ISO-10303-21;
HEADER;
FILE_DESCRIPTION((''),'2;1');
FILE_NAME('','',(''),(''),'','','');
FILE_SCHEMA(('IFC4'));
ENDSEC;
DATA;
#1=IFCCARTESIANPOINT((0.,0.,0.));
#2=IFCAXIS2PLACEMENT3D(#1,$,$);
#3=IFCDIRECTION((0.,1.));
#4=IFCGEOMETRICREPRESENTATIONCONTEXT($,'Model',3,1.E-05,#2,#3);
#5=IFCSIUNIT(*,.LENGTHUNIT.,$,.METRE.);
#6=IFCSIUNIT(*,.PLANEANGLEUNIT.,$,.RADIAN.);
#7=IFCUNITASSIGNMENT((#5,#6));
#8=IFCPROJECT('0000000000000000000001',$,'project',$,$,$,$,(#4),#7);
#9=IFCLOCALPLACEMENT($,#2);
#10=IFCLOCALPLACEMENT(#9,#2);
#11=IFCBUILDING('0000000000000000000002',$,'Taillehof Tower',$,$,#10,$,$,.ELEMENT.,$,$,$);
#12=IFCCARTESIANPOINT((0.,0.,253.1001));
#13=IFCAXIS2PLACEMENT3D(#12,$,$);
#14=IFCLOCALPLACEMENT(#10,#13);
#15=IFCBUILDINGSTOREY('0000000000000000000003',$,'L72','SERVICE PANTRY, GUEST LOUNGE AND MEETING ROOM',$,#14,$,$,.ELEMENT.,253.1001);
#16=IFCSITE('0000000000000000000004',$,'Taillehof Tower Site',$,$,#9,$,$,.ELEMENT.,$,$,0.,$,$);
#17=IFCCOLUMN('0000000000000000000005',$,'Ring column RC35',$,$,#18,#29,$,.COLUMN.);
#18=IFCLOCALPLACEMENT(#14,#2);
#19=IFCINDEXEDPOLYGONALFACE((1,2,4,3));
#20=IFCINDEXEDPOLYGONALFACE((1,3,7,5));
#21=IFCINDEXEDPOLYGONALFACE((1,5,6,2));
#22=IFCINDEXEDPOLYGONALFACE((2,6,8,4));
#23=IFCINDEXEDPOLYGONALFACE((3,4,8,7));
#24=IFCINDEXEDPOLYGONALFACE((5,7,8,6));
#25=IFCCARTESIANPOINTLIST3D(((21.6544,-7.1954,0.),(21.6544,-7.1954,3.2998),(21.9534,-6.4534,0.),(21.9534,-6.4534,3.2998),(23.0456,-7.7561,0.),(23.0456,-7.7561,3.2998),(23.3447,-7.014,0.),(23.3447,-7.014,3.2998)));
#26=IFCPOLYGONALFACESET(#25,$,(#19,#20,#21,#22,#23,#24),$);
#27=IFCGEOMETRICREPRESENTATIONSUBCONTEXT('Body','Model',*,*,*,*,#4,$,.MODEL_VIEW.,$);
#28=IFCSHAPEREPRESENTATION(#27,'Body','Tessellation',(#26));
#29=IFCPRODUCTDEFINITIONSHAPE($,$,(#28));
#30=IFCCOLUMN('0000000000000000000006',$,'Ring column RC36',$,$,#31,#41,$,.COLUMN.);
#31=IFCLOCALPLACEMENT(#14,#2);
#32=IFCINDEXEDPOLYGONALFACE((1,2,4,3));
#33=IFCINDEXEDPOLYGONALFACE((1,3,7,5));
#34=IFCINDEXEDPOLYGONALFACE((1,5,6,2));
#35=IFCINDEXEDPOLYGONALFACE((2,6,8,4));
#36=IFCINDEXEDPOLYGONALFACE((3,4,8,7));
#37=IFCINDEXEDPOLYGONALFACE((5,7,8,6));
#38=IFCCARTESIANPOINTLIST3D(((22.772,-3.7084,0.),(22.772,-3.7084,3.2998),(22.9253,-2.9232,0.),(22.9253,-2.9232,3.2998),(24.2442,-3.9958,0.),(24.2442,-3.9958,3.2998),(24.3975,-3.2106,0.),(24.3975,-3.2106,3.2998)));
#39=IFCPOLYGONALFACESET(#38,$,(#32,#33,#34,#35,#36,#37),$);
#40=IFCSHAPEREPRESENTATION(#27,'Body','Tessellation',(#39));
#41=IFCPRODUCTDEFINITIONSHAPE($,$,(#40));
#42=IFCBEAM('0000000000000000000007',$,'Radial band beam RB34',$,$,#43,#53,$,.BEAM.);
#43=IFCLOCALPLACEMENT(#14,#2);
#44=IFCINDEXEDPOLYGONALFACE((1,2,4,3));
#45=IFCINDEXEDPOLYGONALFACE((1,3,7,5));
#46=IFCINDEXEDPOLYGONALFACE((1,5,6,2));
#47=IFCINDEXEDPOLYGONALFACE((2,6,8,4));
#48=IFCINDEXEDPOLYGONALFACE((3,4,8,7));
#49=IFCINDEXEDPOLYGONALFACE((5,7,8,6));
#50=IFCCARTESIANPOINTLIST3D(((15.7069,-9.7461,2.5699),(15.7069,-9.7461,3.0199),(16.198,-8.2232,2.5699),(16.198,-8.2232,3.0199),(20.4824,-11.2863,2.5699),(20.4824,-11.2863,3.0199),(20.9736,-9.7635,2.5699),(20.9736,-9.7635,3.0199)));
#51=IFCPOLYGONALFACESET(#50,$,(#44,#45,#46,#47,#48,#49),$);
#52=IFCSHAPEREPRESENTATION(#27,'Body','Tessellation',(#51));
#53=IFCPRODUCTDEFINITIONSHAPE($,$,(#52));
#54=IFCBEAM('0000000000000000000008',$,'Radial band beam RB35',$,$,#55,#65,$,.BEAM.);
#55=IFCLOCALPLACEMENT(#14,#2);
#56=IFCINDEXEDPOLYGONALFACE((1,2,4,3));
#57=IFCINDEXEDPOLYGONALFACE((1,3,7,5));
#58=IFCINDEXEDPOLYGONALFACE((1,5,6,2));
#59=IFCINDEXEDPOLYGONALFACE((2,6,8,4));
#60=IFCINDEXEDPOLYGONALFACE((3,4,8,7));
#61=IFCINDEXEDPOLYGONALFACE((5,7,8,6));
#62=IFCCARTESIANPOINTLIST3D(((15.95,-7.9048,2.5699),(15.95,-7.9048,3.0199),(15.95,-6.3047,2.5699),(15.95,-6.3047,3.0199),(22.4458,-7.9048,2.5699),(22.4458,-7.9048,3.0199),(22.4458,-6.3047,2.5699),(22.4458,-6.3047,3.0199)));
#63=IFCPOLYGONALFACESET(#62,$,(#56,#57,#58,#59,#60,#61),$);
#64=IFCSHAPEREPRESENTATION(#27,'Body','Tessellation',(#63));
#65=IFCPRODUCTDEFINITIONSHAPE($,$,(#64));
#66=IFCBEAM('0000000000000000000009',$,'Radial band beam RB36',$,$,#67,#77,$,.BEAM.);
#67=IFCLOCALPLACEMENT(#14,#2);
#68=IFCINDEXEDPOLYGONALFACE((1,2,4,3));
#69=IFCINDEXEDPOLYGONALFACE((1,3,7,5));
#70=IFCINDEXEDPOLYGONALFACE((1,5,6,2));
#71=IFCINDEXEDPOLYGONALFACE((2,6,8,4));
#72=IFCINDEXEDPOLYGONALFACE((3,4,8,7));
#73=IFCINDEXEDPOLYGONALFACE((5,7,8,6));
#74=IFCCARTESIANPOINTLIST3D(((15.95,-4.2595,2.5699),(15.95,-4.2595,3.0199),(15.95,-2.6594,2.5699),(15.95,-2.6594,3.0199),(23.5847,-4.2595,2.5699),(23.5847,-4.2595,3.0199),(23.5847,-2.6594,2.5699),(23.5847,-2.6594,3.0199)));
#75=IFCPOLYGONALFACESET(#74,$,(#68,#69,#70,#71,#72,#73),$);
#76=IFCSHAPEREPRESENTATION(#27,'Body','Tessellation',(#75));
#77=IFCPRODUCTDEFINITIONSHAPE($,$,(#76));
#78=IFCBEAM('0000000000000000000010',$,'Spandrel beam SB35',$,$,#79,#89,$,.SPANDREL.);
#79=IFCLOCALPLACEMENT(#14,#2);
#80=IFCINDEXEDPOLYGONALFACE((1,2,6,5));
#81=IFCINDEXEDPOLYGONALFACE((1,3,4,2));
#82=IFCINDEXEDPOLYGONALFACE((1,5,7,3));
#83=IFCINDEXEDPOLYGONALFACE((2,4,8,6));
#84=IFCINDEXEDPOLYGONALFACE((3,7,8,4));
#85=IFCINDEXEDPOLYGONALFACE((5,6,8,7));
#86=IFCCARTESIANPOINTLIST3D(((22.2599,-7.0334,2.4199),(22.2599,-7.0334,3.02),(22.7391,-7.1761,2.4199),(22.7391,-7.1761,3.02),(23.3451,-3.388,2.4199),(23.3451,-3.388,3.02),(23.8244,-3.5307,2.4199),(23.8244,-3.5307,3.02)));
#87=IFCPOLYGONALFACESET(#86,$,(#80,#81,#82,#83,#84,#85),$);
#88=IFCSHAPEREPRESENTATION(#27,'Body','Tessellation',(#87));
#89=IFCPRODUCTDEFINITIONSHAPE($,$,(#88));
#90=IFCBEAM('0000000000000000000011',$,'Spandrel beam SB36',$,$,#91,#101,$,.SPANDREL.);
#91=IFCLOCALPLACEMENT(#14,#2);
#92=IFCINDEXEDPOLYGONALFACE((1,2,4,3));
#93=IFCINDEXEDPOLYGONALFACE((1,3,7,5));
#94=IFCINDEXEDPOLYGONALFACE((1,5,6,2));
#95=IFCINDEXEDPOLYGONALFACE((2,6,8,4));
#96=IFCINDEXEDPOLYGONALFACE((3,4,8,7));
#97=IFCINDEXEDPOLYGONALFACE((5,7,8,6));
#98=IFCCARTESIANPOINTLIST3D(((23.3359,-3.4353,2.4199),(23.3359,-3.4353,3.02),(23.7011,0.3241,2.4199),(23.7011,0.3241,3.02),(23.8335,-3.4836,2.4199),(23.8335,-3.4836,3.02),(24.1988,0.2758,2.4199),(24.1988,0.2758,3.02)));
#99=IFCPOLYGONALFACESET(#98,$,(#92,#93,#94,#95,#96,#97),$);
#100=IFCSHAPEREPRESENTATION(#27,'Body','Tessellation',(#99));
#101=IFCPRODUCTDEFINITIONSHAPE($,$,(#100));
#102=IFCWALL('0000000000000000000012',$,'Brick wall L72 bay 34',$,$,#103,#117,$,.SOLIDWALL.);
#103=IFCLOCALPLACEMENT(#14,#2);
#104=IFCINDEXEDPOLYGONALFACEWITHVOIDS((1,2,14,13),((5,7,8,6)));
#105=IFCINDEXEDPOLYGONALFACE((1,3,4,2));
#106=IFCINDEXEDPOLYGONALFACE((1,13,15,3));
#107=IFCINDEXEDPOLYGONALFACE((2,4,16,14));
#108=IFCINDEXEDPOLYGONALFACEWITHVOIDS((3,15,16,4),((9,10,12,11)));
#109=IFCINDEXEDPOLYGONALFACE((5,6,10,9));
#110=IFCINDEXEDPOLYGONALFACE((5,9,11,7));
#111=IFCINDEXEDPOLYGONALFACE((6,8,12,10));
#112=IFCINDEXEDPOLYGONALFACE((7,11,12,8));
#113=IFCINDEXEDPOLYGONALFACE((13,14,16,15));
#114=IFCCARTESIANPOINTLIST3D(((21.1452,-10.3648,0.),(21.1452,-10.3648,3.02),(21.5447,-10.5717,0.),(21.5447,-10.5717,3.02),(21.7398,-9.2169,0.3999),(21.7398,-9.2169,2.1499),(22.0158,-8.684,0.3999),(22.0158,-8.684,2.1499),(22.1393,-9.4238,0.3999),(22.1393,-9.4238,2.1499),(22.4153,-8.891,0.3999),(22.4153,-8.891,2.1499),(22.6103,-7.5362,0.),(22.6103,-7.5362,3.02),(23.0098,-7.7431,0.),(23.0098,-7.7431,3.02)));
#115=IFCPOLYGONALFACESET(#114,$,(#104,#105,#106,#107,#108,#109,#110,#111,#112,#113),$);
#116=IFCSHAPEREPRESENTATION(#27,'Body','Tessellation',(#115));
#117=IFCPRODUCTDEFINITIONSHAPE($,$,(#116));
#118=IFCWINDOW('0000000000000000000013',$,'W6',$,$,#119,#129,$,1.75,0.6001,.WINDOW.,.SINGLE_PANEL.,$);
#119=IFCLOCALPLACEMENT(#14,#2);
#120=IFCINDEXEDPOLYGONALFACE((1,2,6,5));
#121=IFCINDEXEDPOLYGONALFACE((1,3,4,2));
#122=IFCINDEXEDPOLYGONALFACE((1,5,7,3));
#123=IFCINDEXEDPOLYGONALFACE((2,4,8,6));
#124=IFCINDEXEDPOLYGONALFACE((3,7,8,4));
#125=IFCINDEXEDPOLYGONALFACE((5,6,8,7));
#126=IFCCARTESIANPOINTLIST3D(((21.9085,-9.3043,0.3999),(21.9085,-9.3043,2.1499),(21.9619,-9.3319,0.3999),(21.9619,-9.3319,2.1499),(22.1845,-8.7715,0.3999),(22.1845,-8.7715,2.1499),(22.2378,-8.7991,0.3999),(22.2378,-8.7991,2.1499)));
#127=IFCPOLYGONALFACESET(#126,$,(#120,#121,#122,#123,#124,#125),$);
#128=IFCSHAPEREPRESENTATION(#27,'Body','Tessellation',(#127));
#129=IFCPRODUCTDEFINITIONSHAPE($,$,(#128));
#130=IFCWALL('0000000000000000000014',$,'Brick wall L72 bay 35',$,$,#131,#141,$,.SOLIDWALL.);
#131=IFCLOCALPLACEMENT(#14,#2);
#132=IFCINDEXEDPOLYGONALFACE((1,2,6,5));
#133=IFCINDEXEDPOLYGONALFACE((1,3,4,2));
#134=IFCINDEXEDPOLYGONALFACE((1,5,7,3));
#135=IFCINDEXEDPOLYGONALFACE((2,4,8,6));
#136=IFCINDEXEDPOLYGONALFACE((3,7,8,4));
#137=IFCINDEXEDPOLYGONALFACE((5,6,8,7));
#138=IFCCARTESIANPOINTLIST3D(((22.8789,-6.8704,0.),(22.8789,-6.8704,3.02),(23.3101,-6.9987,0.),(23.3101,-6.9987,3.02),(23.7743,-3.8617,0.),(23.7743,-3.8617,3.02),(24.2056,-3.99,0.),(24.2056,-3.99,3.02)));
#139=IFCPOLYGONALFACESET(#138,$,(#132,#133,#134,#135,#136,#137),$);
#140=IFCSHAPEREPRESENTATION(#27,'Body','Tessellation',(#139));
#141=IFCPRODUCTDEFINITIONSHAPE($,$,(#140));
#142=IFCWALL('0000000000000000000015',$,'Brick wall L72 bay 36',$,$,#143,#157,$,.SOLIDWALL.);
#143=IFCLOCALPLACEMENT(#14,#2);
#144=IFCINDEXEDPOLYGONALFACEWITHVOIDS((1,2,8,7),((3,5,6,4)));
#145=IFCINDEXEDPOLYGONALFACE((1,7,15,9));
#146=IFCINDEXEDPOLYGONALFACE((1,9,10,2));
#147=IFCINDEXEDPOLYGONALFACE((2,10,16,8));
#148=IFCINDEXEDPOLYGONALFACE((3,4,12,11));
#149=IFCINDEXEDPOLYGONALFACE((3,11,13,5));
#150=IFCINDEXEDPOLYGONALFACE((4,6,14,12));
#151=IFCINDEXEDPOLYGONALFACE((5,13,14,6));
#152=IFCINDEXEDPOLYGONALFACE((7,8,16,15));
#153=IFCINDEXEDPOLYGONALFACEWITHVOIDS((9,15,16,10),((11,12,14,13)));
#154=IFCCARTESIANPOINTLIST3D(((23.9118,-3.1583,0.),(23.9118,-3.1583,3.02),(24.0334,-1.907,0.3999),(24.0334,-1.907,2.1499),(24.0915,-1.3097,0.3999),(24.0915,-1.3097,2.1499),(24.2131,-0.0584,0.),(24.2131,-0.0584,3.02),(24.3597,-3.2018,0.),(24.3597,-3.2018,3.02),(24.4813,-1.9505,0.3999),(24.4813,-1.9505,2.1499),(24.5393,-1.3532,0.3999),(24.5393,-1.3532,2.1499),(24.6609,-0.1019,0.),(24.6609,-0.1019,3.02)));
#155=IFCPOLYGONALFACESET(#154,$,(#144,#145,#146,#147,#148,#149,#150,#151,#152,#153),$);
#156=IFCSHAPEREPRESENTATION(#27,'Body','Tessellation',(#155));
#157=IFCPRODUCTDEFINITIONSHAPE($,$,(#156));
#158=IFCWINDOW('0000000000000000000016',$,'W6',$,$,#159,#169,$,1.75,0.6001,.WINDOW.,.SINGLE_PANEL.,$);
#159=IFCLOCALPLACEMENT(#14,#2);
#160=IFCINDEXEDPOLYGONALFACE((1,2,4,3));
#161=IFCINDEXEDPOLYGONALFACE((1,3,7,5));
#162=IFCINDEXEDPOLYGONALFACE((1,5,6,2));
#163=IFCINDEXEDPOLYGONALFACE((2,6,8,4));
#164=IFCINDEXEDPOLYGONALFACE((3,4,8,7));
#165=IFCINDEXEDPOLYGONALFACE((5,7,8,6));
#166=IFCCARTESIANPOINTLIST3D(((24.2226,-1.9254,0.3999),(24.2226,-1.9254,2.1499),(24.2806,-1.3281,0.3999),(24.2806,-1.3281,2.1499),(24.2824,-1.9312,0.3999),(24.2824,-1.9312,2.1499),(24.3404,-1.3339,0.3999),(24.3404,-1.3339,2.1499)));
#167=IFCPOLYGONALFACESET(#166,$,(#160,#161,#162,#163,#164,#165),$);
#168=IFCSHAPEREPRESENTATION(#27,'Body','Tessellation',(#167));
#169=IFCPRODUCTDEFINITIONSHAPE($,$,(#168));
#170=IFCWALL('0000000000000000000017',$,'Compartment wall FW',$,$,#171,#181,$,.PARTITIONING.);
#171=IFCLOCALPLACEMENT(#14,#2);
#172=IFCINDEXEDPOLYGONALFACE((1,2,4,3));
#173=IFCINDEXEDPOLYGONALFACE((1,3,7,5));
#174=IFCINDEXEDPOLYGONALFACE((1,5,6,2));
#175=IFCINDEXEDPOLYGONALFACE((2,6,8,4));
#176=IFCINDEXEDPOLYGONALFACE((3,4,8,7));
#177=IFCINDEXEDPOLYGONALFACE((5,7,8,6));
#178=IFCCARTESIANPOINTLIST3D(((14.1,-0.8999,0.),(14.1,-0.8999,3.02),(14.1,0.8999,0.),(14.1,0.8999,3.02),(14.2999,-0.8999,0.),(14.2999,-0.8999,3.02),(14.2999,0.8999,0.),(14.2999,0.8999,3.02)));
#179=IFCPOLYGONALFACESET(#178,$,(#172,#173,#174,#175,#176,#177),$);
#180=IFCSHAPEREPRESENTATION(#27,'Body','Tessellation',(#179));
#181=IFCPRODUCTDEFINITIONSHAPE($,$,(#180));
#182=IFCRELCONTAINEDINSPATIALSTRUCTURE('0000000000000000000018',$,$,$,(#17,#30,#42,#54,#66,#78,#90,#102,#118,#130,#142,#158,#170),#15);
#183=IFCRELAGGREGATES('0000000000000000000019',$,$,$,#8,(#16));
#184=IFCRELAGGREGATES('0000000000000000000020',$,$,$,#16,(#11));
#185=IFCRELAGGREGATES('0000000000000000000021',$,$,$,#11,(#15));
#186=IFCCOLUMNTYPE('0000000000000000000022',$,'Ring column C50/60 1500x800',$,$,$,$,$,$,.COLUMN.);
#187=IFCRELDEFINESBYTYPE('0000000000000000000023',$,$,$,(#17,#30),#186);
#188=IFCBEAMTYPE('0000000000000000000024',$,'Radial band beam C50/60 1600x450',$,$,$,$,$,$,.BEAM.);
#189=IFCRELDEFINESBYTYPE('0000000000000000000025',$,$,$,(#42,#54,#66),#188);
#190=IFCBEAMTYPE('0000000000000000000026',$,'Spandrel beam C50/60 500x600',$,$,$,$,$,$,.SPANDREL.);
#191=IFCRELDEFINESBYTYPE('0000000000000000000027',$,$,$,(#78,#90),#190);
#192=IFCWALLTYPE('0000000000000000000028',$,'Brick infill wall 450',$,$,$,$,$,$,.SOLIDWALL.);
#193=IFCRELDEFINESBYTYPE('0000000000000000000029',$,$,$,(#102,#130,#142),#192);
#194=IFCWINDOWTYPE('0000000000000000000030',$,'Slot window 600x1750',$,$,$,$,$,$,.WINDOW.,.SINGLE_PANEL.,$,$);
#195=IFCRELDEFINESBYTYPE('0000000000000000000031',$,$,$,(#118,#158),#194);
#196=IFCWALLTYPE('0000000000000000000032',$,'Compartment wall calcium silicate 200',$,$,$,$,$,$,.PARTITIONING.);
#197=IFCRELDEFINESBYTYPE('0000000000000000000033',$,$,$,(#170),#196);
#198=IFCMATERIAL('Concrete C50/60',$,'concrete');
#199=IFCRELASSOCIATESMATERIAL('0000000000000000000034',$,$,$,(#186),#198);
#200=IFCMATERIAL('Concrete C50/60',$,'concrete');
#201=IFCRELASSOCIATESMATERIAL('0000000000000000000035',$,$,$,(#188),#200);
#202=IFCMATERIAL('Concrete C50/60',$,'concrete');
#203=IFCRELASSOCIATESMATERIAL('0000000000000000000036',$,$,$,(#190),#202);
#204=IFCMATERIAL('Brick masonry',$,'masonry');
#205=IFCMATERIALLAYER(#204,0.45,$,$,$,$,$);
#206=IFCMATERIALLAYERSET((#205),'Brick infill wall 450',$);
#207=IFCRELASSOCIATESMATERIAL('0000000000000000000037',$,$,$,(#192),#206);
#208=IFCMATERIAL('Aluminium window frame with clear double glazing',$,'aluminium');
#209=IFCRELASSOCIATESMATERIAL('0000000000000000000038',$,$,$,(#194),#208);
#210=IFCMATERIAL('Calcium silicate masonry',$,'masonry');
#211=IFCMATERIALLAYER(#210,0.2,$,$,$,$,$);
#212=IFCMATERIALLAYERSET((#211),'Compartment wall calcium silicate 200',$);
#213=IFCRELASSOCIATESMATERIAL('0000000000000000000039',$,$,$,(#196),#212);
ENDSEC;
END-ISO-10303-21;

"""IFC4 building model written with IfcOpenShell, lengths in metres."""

from ifc_helpers import new_model, si_unit, direction, frame, frame_2d, origin, origin_2d, place, context, subcontext, project, spatial, rectangle, extrude, material, layer, layer_set, material_profile, profile_set, type_object, element, fill, save


model = new_model("IFC4")

# Units and contexts
model_context = context("Model", 3, precision=1e-05, world=origin(), true_north=direction((0.0, 1.0)))
body_context = subcontext(model_context, "Body", "Model", "MODEL_VIEW")
ifc_project = project(units=[si_unit("LENGTHUNIT", "METRE"), si_unit("PLANEANGLEUNIT", "RADIAN")], contexts=[model_context])

# Site, building, storey
site_placement = place(None, origin())
site = spatial("IfcSite", under=ifc_project, at=site_placement, Name="Taillehof Tower Site", CompositionType="ELEMENT", RefElevation=0.0)
building_placement = place(site_placement, origin())
building = spatial("IfcBuilding", under=site, at=building_placement, Name="Taillehof Tower", CompositionType="ELEMENT")
storey_placement = place(building_placement, frame((0.0, 0.0, 253.1001)))
storey = spatial("IfcBuildingStorey", under=building, at=storey_placement, Name="L72", Description="SERVICE PANTRY, GUEST LOUNGE AND MEETING ROOM", CompositionType="ELEMENT", Elevation=253.1001)

# Columns
ifc_material_1 = material(Name="Concrete C50/60", Category="concrete")
ifc_material_profile_1 = material_profile(ifc_material_1, rectangle(XDim=1.5, YDim=0.8, at=origin_2d()), Name="RC 1500x800")
ifc_profile_set_1 = profile_set([ifc_material_profile_1], Name="Concrete C50/60")
column_type = type_object("IfcColumnType", Name="Ring column C50/60 1500x800", PredefinedType="COLUMN", material=ifc_profile_set_1)
for number, where, z_axis, x_axis, name in (
    (1, (22.4995, -7.1047, 0.0), (0.0, 0.0, 1.0), (0.927525, -0.373762, 0.0), "Ring column RC35"),
    (2, (23.5847, -3.4595, 0.0), (0.0, 0.0, 1.0), (0.981473, -0.191602, 0.0), "Ring column RC36"),
):
    element("IfcColumn", number, at=place(storey_placement, frame(where, z_axis=z_axis, x_axis=x_axis)), inside=storey, type_object=column_type, Name=name, PredefinedType="COLUMN", context=body_context, shape_type="SweptSolid", body=[
        extrude(rectangle(XDim=1.5, YDim=0.8, at=origin_2d()), origin(), (0.0, 0.0, 1.0), 3.2998),
    ])

# Beams
ifc_material_2 = material(Name="Concrete C50/60", Category="concrete")
ifc_material_profile_2 = material_profile(ifc_material_2, rectangle(XDim=1.6001, YDim=0.45, at=origin_2d()), Name="RC 1600x450")
ifc_profile_set_2 = profile_set([ifc_material_profile_2], Name="Concrete C50/60")
beam_type_1 = type_object("IfcBeamType", Name="Radial band beam C50/60 1600x450", PredefinedType="BEAM", material=ifc_profile_set_2)
beam_1_placement = place(storey_placement, frame((20.728, -10.5249, 2.7949), z_axis=(-0.951723, 0.306959, 0.0), x_axis=(-0.306959, -0.951723, 0.0)))
element("IfcBeam", 3, at=beam_1_placement, inside=storey, type_object=beam_type_1, Name="Radial band beam RB34", PredefinedType="BEAM", context=body_context, shape_type="SweptSolid", body=[
    extrude(rectangle(XDim=1.6001, YDim=0.45, at=origin_2d()), origin(), (0.0, 0.0, 1.0), 5.0178),
])
beam_2_placement = place(storey_placement, frame((22.4458, -7.1047, 2.7949), z_axis=(-1.0, 0.0, 0.0), x_axis=(0.0, -1.0, 0.0)))
element("IfcBeam", 4, at=beam_2_placement, inside=storey, type_object=beam_type_1, Name="Radial band beam RB35", PredefinedType="BEAM", context=body_context, shape_type="SweptSolid", body=[
    extrude(rectangle(XDim=1.6001, YDim=0.45, at=origin_2d()), origin(), (0.0, 0.0, 1.0), 6.4958),
])
beam_3_placement = place(storey_placement, frame((23.5847, -3.4595, 2.7949), z_axis=(-1.0, 0.0, 0.0), x_axis=(0.0, -1.0, 0.0)))
element("IfcBeam", 5, at=beam_3_placement, inside=storey, type_object=beam_type_1, Name="Radial band beam RB36", PredefinedType="BEAM", context=body_context, shape_type="SweptSolid", body=[
    extrude(rectangle(XDim=1.6001, YDim=0.45, at=origin_2d()), origin(), (0.0, 0.0, 1.0), 7.6348),
])
ifc_material_3 = material(Name="Concrete C50/60", Category="concrete")
ifc_material_profile_3 = material_profile(ifc_material_3, rectangle(XDim=0.5, YDim=0.6001, at=origin_2d()), Name="RC 500x600")
ifc_profile_set_3 = profile_set([ifc_material_profile_3], Name="Concrete C50/60")
beam_type_2 = type_object("IfcBeamType", Name="Spandrel beam C50/60 500x600", PredefinedType="SPANDREL", material=ifc_profile_set_3)
beam_4_placement = place(storey_placement, frame((22.4995, -7.1047, 2.72), z_axis=(0.285327, 0.95843, 0.0), x_axis=(-0.95843, 0.285327, 0.0)))
element("IfcBeam", 6, at=beam_4_placement, inside=storey, type_object=beam_type_2, Name="Spandrel beam SB35", PredefinedType="SPANDREL", context=body_context, shape_type="SweptSolid", body=[
    extrude(rectangle(XDim=0.5, YDim=0.6001, at=origin_2d()), origin(), (0.0, 0.0, 1.0), 3.8035),
])
beam_5_placement = place(storey_placement, frame((23.5847, -3.4595, 2.72), z_axis=(0.096694, 0.995314, 0.0), x_axis=(-0.995314, 0.096694, 0.0)))
element("IfcBeam", 7, at=beam_5_placement, inside=storey, type_object=beam_type_2, Name="Spandrel beam SB36", PredefinedType="SPANDREL", context=body_context, shape_type="SweptSolid", body=[
    extrude(rectangle(XDim=0.5, YDim=0.6001, at=origin_2d()), origin(), (0.0, 0.0, 1.0), 3.7771),
])

# Wall, opening, window
ifc_material_4 = material(Name="Brick masonry", Category="masonry")
ifc_layer_1 = layer(ifc_material_4, 0.45)
ifc_layer_set_1 = layer_set([ifc_layer_1], Name="Brick infill wall 450")
wall_type_1 = type_object("IfcWallType", Name="Brick infill wall 450", PredefinedType="SOLIDWALL", material=ifc_layer_set_1)
wall_1_placement = place(storey_placement, frame((21.345, -10.4683, 0.0), z_axis=(0.0, 0.0, 1.0), x_axis=(0.459921, 0.88796, 0.0)))
wall_1 = element("IfcWall", 8, at=wall_1_placement, inside=storey, type_object=wall_type_1, Name="Brick wall L72 bay 34", PredefinedType="SOLIDWALL", context=body_context, shape_type="SweptSolid", body=[
    extrude(rectangle(XDim=3.1855, YDim=0.45, at=frame_2d((1.5928, 0.0))), origin(), (0.0, 0.0, 1.0), 3.02),
])
opening_1_placement = place(wall_1_placement, frame((1.2927, 0.0, 0.3999)))
opening_1 = element("IfcOpeningElement", 9, at=opening_1_placement, cuts=wall_1, PredefinedType="OPENING", context=body_context, shape_type="SweptSolid", body=[
    extrude(rectangle(XDim=0.6001, YDim=1.75, at=frame_2d((0.3, 0.875))), frame((0.0, 0.2349, 0.0), z_axis=(0.0, -1.0, 0.0), x_axis=(1.0, 0.0, 0.0)), (0.0, 0.0, 1.0), 0.47),
])
ifc_material_5 = material(Name="Aluminium window frame with clear double glazing", Category="aluminium")
window_type = type_object("IfcWindowType", Name="Slot window 600x1750", PartitioningType="SINGLE_PANEL", PredefinedType="WINDOW", material=ifc_material_5)
window_1_placement = place(opening_1_placement, origin())
window_1 = element("IfcWindow", 10, at=window_1_placement, inside=storey, type_object=window_type, Name="W6", OverallHeight=1.75, OverallWidth=0.6001, PartitioningType="SINGLE_PANEL", PredefinedType="WINDOW", context=body_context, shape_type="SweptSolid", body=[
    extrude(rectangle(XDim=0.6001, YDim=1.75, at=frame_2d((0.3, 0.875))), frame((0.0, 0.0349, 0.0), z_axis=(0.0, -1.0, 0.0), x_axis=(1.0, 0.0, 0.0)), (0.0, 0.0, 1.0), 0.0601),
])
fill(opening_1, window_1)

# Wall
wall_2_placement = place(storey_placement, frame((23.0945, -6.9346, 0.0), z_axis=(0.0, 0.0, 1.0), x_axis=(0.285264, 0.958449, 0.0)))
element("IfcWall", 11, at=wall_2_placement, inside=storey, type_object=wall_type_1, Name="Brick wall L72 bay 35", PredefinedType="SOLIDWALL", context=body_context, shape_type="SweptSolid", body=[
    extrude(rectangle(XDim=3.1392, YDim=0.45, at=frame_2d((1.5696, 0.0))), origin(), (0.0, 0.0, 1.0), 3.02),
])

# Wall, opening, window
wall_3_placement = place(storey_placement, frame((24.1357, -3.1799, 0.0), z_axis=(0.0, 0.0, 1.0), x_axis=(0.096733, 0.99531, 0.0)))
wall_3 = element("IfcWall", 12, at=wall_3_placement, inside=storey, type_object=wall_type_1, Name="Brick wall L72 bay 36", PredefinedType="SOLIDWALL", context=body_context, shape_type="SweptSolid", body=[
    extrude(rectangle(XDim=3.1145, YDim=0.45, at=frame_2d((1.5571, 0.0))), origin(), (0.0, 0.0, 1.0), 3.02),
])
opening_2_placement = place(wall_3_placement, frame((1.2571, 0.0, 0.3999)))
opening_2 = element("IfcOpeningElement", 13, at=opening_2_placement, cuts=wall_3, PredefinedType="OPENING", context=body_context, shape_type="SweptSolid", body=[
    extrude(rectangle(XDim=0.6001, YDim=1.75, at=frame_2d((0.3, 0.875))), frame((0.0, 0.2349, 0.0), z_axis=(0.0, -1.0, 0.0), x_axis=(1.0, 0.0, 0.0)), (0.0, 0.0, 1.0), 0.47),
])
window_2_placement = place(opening_2_placement, origin())
window_2 = element("IfcWindow", 14, at=window_2_placement, inside=storey, type_object=window_type, Name="W6", OverallHeight=1.75, OverallWidth=0.6001, PartitioningType="SINGLE_PANEL", PredefinedType="WINDOW", context=body_context, shape_type="SweptSolid", body=[
    extrude(rectangle(XDim=0.6001, YDim=1.75, at=frame_2d((0.3, 0.875))), frame((0.0, 0.0349, 0.0), z_axis=(0.0, -1.0, 0.0), x_axis=(1.0, 0.0, 0.0)), (0.0, 0.0, 1.0), 0.0601),
])
fill(opening_2, window_2)

# Wall
ifc_material_6 = material(Name="Calcium silicate masonry", Category="masonry")
ifc_layer_2 = layer(ifc_material_6, 0.2)
ifc_layer_set_2 = layer_set([ifc_layer_2], Name="Compartment wall calcium silicate 200")
wall_type_2 = type_object("IfcWallType", Name="Compartment wall calcium silicate 200", PredefinedType="PARTITIONING", material=ifc_layer_set_2)
wall_4_placement = place(storey_placement, frame((14.2, -0.8999, 0.0), z_axis=(0.0, 0.0, 1.0), x_axis=(0.0, 1.0, 0.0)))
element("IfcWall", 15, at=wall_4_placement, inside=storey, type_object=wall_type_2, Name="Compartment wall FW", PredefinedType="PARTITIONING", context=body_context, shape_type="SweptSolid", body=[
    extrude(rectangle(XDim=1.7998, YDim=0.2, at=frame_2d((0.8999, 0.0))), origin(), (0.0, 0.0, 1.0), 3.02),
])

save(model, "model.ifc")
